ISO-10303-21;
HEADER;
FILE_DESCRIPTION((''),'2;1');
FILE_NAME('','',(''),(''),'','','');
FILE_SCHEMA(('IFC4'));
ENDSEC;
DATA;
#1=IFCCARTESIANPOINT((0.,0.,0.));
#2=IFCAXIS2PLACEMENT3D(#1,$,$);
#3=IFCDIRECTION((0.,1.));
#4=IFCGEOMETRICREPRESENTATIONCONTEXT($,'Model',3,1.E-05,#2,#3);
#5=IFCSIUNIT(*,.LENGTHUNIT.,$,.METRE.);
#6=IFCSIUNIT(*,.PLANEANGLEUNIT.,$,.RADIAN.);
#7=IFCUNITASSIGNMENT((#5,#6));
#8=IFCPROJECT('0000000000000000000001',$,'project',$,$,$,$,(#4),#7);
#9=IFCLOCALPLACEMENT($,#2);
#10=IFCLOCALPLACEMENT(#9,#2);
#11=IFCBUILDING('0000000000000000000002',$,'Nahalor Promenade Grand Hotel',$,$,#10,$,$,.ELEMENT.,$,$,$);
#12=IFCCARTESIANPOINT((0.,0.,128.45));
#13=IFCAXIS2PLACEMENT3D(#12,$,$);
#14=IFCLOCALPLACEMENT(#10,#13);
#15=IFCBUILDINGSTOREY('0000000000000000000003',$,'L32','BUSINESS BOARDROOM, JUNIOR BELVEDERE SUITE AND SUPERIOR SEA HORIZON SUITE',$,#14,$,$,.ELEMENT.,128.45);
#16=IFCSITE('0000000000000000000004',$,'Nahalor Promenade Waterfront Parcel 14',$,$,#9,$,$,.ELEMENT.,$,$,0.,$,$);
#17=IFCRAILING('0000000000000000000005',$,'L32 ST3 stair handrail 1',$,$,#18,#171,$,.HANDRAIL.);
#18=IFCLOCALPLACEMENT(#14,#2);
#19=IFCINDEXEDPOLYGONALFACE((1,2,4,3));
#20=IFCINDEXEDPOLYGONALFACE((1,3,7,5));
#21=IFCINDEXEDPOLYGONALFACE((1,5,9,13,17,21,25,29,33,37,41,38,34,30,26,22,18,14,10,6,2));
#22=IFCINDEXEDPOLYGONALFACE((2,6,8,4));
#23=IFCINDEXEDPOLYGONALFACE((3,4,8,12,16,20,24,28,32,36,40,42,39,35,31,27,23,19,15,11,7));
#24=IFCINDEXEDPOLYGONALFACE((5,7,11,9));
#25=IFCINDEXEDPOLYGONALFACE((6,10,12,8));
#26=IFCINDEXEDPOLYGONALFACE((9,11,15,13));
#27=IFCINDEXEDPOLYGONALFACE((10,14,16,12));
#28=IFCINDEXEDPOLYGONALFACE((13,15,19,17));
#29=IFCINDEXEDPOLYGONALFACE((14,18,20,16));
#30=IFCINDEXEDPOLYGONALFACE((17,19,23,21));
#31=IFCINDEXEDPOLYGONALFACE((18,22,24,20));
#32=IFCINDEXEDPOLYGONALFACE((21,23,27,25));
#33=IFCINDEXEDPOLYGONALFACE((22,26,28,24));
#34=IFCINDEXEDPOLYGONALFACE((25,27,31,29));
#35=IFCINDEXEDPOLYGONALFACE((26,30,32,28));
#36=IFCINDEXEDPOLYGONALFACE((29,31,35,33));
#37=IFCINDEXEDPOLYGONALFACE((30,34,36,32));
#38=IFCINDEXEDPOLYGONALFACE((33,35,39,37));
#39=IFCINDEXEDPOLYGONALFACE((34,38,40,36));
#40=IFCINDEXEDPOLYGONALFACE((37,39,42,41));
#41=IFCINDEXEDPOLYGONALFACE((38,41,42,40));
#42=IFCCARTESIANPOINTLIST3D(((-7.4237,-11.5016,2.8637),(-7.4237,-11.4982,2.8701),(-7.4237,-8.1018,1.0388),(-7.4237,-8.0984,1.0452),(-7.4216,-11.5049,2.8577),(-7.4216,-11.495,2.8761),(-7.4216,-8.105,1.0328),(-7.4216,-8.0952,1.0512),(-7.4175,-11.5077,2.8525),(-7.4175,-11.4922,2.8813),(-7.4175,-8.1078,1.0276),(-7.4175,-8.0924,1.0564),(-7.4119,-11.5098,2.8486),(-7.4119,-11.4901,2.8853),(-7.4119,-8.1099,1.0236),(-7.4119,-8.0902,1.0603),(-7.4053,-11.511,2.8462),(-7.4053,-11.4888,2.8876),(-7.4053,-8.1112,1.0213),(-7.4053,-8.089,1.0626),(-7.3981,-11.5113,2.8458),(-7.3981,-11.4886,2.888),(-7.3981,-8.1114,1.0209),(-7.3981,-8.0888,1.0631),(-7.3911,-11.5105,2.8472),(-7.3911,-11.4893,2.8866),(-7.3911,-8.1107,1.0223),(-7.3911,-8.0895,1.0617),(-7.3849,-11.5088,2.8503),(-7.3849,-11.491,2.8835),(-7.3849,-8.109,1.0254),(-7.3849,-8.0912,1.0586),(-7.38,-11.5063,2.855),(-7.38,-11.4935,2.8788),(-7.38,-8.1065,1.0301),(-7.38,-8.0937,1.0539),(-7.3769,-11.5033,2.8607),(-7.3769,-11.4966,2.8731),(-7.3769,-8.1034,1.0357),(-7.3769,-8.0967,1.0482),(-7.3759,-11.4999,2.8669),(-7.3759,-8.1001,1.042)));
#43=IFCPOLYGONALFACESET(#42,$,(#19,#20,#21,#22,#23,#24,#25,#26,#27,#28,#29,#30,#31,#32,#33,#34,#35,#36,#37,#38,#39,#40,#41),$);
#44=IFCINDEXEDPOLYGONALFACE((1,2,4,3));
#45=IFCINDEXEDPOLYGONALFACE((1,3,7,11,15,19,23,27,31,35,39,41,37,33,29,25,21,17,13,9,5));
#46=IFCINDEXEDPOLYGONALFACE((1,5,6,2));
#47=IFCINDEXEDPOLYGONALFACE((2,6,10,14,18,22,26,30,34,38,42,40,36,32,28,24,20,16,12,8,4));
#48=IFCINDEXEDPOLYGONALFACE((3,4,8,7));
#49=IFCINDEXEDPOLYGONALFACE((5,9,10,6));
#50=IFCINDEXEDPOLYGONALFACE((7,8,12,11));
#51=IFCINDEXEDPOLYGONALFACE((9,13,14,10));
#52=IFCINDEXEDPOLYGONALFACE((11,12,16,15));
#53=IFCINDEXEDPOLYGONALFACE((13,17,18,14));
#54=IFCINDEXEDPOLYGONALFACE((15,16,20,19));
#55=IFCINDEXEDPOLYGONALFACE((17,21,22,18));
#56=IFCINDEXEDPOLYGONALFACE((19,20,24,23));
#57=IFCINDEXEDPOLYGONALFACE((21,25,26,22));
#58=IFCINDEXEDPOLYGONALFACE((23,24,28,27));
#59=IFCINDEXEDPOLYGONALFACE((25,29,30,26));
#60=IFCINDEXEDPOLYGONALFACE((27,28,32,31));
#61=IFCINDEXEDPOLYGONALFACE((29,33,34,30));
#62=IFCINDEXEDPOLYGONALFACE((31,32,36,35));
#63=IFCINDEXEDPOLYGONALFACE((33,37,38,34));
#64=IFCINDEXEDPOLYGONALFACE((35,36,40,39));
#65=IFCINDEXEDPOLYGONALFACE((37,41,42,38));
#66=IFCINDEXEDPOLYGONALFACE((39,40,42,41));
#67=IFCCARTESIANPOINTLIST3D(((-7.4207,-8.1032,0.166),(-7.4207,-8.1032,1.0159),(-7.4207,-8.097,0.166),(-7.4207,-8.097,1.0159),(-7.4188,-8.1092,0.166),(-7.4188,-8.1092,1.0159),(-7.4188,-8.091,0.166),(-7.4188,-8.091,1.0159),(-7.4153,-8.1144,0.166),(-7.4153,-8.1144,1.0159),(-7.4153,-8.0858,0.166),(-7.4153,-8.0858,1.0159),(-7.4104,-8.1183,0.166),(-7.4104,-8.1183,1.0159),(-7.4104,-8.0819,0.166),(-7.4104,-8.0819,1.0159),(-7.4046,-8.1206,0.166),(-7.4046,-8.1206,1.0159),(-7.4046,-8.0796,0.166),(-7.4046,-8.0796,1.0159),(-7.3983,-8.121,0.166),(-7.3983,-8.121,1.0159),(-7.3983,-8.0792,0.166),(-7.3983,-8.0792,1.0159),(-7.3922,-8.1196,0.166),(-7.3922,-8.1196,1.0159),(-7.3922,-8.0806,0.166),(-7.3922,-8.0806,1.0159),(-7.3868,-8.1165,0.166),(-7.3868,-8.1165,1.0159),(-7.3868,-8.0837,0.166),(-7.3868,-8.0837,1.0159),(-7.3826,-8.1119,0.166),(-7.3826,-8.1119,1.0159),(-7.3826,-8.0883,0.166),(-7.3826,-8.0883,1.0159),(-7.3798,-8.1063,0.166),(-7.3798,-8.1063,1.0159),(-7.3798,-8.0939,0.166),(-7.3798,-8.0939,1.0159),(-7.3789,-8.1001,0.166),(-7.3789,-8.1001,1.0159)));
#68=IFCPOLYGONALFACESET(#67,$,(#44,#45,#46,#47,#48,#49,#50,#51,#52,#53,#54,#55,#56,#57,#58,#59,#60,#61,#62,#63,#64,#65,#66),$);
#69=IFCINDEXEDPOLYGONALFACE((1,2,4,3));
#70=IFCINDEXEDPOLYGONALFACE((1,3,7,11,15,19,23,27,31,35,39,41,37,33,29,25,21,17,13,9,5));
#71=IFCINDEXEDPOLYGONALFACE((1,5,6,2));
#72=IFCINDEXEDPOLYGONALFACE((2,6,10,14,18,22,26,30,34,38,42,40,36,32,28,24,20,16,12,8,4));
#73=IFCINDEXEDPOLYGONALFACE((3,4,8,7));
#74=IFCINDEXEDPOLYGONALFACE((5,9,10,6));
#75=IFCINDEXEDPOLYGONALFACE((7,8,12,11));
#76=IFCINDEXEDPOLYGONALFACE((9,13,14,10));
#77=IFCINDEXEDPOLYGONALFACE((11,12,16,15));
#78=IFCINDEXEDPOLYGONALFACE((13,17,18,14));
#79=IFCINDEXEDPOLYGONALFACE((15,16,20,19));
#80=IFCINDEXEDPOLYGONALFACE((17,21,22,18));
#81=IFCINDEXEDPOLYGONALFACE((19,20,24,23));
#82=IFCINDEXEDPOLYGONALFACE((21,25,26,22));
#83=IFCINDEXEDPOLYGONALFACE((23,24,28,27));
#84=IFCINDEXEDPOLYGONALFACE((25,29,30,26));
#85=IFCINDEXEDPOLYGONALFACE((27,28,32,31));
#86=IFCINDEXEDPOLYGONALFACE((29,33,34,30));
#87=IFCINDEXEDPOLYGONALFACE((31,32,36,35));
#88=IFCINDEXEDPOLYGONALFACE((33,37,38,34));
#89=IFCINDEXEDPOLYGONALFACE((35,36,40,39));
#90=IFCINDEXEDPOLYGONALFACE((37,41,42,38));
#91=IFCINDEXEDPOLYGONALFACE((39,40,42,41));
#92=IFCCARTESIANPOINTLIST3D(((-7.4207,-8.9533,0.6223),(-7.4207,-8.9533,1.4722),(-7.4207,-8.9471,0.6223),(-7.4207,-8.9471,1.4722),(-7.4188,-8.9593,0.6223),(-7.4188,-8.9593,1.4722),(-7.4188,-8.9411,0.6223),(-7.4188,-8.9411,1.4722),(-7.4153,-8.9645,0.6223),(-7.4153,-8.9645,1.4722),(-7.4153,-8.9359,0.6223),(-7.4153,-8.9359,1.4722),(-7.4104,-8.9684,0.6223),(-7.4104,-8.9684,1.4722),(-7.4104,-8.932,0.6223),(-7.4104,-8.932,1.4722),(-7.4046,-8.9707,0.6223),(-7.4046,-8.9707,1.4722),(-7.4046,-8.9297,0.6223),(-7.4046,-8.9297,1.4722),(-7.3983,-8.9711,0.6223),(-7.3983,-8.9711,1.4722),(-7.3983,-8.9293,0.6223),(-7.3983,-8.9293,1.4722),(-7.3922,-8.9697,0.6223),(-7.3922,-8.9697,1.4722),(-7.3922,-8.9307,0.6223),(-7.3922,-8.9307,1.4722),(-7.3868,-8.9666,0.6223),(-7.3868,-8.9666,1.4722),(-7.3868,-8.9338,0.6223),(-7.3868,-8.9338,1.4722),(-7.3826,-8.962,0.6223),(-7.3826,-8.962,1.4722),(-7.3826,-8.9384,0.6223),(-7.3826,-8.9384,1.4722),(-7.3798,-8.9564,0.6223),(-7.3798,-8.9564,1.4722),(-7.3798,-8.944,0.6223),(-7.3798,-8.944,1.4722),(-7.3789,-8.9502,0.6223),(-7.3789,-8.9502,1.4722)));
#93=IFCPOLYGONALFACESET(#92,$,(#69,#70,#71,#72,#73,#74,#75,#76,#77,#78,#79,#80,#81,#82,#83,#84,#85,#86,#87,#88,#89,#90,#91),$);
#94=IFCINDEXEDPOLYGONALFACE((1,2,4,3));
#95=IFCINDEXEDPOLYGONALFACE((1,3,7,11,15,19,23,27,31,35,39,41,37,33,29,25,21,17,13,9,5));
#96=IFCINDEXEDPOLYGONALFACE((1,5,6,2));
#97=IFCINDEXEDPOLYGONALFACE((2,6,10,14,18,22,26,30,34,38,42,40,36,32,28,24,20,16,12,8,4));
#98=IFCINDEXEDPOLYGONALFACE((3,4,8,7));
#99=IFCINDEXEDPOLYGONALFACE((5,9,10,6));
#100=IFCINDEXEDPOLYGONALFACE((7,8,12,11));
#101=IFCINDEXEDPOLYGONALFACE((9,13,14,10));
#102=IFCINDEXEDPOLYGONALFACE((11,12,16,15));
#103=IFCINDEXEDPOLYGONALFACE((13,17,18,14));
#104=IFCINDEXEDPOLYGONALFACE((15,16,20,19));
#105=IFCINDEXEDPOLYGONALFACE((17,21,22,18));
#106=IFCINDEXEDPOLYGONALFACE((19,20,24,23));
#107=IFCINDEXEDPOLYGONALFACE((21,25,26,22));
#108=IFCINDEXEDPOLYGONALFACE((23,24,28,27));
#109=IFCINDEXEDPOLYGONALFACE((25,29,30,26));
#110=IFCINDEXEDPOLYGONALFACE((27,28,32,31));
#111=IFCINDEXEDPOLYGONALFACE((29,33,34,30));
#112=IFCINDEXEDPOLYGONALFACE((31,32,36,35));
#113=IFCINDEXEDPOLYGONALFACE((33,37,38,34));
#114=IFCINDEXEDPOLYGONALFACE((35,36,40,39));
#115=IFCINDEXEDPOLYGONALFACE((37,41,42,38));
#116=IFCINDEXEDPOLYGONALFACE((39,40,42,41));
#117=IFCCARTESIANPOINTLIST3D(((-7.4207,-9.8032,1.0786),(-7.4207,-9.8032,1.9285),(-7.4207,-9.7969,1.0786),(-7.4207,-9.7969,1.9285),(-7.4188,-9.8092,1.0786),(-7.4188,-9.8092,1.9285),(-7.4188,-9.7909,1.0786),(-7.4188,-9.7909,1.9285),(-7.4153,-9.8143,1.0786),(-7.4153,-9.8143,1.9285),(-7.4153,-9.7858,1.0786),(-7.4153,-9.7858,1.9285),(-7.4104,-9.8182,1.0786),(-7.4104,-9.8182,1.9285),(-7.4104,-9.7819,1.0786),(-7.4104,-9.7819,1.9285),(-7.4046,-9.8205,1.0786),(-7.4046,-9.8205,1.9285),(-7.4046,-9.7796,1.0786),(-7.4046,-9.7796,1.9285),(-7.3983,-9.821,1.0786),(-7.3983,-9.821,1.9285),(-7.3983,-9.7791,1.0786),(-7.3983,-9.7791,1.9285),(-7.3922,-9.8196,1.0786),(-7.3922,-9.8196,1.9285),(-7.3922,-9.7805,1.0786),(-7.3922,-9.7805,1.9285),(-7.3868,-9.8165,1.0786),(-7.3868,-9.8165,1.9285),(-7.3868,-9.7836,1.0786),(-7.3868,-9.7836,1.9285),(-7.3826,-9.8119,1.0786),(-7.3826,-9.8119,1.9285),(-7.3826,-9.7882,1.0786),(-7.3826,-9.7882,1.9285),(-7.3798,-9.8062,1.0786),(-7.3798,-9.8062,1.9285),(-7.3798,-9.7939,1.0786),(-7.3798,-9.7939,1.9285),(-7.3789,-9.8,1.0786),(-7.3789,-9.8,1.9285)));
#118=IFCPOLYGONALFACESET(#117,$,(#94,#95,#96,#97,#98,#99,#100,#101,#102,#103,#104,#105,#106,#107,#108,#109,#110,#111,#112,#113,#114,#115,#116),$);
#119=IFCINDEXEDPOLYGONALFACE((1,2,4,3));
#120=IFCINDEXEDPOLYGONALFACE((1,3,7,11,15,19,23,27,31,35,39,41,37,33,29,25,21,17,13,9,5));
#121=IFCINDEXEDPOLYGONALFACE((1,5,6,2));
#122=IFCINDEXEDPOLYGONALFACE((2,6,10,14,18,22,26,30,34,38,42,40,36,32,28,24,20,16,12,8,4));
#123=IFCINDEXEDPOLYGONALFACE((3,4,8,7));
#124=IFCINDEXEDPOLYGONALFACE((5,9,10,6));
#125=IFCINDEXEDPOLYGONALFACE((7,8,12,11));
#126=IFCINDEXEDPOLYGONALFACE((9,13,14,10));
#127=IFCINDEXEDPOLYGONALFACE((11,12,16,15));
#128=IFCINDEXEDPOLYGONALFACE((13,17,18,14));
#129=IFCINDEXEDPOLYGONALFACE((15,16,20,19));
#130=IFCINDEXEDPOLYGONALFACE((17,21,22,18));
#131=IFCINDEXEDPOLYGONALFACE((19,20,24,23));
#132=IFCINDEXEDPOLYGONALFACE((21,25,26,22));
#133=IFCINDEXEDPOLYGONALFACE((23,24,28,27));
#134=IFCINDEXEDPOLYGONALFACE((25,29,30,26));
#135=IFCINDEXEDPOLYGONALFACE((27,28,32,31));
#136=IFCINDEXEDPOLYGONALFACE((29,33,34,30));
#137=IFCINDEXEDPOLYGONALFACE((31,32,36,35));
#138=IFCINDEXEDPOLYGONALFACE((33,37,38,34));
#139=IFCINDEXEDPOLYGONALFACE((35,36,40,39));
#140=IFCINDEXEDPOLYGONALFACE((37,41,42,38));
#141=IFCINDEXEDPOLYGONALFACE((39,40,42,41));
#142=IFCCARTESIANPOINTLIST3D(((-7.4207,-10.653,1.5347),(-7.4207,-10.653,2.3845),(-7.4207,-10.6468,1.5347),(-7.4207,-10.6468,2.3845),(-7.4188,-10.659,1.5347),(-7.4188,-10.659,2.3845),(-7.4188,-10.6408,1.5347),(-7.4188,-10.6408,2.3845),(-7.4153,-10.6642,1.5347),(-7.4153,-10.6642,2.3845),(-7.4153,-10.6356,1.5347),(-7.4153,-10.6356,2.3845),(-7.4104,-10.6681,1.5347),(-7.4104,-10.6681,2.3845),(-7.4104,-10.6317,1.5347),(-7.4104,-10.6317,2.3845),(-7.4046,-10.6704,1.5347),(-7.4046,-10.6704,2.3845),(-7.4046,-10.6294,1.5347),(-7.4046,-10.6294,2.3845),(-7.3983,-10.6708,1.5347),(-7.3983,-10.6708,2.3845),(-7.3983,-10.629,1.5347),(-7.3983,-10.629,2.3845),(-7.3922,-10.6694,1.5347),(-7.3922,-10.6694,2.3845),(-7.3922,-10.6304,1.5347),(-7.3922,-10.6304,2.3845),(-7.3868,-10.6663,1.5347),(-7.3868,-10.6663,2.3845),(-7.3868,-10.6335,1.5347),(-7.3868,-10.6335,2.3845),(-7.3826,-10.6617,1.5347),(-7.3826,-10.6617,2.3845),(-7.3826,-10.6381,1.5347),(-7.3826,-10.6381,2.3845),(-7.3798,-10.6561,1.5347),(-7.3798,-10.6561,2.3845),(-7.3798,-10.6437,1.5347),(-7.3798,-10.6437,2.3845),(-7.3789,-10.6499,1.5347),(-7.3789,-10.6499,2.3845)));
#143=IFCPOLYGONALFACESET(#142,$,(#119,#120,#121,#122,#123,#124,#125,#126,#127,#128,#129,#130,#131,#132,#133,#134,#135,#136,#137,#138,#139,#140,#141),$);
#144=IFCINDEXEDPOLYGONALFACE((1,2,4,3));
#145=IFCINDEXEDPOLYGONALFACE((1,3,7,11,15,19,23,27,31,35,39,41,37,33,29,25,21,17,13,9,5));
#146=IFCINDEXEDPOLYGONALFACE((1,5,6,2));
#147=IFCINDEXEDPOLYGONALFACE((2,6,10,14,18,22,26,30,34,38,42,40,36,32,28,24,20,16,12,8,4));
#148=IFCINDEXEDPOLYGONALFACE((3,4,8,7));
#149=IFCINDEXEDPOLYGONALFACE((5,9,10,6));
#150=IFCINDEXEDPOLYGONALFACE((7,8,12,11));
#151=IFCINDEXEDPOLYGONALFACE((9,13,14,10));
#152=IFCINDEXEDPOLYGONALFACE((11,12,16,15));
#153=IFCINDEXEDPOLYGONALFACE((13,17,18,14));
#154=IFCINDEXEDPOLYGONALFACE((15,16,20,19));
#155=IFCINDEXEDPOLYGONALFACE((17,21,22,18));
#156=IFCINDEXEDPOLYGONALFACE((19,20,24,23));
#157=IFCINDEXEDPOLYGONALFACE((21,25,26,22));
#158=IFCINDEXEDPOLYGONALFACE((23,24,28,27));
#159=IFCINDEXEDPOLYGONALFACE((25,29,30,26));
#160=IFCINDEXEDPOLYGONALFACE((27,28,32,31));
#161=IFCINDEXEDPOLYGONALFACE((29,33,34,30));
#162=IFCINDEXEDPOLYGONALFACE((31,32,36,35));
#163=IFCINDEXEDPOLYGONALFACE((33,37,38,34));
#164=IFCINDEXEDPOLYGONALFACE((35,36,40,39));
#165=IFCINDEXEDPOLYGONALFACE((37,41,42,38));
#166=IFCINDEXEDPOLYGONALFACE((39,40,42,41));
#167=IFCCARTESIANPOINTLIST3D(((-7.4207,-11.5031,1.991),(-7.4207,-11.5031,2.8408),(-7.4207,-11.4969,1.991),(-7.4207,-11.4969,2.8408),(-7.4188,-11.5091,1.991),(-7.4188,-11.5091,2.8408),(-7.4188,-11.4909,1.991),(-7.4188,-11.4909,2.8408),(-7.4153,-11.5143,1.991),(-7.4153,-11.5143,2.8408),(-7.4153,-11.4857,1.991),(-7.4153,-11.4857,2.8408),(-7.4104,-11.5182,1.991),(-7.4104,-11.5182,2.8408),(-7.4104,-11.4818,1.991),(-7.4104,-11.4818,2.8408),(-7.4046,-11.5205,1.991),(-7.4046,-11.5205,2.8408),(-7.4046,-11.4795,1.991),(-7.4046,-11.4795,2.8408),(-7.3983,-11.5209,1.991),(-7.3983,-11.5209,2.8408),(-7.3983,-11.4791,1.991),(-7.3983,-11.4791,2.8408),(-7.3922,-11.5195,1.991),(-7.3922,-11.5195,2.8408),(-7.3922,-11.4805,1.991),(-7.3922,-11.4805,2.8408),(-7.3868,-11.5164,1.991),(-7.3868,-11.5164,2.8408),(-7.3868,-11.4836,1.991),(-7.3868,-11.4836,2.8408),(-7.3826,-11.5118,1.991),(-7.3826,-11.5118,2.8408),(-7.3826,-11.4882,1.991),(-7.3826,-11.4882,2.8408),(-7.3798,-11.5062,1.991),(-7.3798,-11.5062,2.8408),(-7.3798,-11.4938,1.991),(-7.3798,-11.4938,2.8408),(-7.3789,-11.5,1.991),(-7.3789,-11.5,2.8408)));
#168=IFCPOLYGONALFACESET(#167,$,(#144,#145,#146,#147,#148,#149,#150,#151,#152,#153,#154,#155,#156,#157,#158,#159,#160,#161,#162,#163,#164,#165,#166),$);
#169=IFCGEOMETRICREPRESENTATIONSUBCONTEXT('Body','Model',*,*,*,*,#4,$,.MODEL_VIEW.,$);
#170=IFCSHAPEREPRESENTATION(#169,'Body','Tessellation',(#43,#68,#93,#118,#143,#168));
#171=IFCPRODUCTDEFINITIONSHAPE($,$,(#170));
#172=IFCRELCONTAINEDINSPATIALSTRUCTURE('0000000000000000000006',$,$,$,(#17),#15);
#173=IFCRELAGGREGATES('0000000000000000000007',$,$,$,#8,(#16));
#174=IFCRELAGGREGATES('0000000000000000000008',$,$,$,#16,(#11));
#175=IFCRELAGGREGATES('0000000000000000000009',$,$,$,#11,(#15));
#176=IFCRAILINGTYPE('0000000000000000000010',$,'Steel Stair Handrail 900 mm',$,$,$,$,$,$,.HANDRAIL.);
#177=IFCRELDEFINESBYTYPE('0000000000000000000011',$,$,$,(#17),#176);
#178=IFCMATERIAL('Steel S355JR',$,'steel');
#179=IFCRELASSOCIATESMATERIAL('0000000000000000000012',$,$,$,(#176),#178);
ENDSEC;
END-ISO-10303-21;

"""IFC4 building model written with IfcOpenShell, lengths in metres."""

from ifc_helpers import new_model, si_unit, direction, frame, origin, origin_2d, place, context, subcontext, project, spatial, circle, extrude, material, type_object, element, save


model = new_model("IFC4")

# Units and contexts
model_context = context("Model", 3, precision=1e-05, world=origin(), true_north=direction((0.0, 1.0)))
body_context = subcontext(model_context, "Body", "Model", "MODEL_VIEW")
ifc_project = project(units=[si_unit("LENGTHUNIT", "METRE"), si_unit("PLANEANGLEUNIT", "RADIAN")], contexts=[model_context])

# Site, building, storey
site_placement = place(None, origin())
site = spatial("IfcSite", under=ifc_project, at=site_placement, Name="Nahalor Promenade Waterfront Parcel 14", CompositionType="ELEMENT", RefElevation=0.0)
building_placement = place(site_placement, origin())
building = spatial("IfcBuilding", under=site, at=building_placement, Name="Nahalor Promenade Grand Hotel", CompositionType="ELEMENT")
storey_placement = place(building_placement, frame((0.0, 0.0, 128.45)))
storey = spatial("IfcBuildingStorey", under=building, at=storey_placement, Name="L32", Description="BUSINESS BOARDROOM, JUNIOR BELVEDERE SUITE AND SUPERIOR SEA HORIZON SUITE", CompositionType="ELEMENT", Elevation=128.45)

# Shared definitions
ifc_material_1 = material(Name="Steel S355JR", Category="steel")

# Railing
railing_type_1 = type_object("IfcRailingType", Name="Steel Stair Handrail 900 mm", PredefinedType="HANDRAIL", material=ifc_material_1)
railing_1_placement = place(storey_placement, frame((-7.3999, -8.1001, 0.166)))
element("IfcRailing", 1, at=railing_1_placement, inside=storey, type_object=railing_type_1, Name="L32 ST3 stair handrail 1", PredefinedType="HANDRAIL", context=body_context, shape_type="SweptSolid", body=[
    extrude(circle(Radius=0.024, at=origin_2d()), frame((0.0, 0.0, 0.876), z_axis=(0.0, -0.881094, 0.472941), x_axis=(1.0, 0.0, 0.0)), (0.0, 0.0, 1.0), 3.8586),
    extrude(circle(Radius=0.021, at=origin_2d()), origin(), (0.0, 0.0, 1.0), 0.8499),
    extrude(circle(Radius=0.021, at=origin_2d()), frame((0.0, -0.8501, 0.4563)), (0.0, 0.0, 1.0), 0.8499),
    extrude(circle(Radius=0.021, at=origin_2d()), frame((0.0, -1.7, 0.9126)), (0.0, 0.0, 1.0), 0.8499),
    extrude(circle(Radius=0.021, at=origin_2d()), frame((0.0, -2.5498, 1.3687)), (0.0, 0.0, 1.0), 0.8499),
    extrude(circle(Radius=0.021, at=origin_2d()), frame((0.0, -3.3999, 1.825)), (0.0, 0.0, 1.0), 0.8499),
])

save(model, "model.ifc")
